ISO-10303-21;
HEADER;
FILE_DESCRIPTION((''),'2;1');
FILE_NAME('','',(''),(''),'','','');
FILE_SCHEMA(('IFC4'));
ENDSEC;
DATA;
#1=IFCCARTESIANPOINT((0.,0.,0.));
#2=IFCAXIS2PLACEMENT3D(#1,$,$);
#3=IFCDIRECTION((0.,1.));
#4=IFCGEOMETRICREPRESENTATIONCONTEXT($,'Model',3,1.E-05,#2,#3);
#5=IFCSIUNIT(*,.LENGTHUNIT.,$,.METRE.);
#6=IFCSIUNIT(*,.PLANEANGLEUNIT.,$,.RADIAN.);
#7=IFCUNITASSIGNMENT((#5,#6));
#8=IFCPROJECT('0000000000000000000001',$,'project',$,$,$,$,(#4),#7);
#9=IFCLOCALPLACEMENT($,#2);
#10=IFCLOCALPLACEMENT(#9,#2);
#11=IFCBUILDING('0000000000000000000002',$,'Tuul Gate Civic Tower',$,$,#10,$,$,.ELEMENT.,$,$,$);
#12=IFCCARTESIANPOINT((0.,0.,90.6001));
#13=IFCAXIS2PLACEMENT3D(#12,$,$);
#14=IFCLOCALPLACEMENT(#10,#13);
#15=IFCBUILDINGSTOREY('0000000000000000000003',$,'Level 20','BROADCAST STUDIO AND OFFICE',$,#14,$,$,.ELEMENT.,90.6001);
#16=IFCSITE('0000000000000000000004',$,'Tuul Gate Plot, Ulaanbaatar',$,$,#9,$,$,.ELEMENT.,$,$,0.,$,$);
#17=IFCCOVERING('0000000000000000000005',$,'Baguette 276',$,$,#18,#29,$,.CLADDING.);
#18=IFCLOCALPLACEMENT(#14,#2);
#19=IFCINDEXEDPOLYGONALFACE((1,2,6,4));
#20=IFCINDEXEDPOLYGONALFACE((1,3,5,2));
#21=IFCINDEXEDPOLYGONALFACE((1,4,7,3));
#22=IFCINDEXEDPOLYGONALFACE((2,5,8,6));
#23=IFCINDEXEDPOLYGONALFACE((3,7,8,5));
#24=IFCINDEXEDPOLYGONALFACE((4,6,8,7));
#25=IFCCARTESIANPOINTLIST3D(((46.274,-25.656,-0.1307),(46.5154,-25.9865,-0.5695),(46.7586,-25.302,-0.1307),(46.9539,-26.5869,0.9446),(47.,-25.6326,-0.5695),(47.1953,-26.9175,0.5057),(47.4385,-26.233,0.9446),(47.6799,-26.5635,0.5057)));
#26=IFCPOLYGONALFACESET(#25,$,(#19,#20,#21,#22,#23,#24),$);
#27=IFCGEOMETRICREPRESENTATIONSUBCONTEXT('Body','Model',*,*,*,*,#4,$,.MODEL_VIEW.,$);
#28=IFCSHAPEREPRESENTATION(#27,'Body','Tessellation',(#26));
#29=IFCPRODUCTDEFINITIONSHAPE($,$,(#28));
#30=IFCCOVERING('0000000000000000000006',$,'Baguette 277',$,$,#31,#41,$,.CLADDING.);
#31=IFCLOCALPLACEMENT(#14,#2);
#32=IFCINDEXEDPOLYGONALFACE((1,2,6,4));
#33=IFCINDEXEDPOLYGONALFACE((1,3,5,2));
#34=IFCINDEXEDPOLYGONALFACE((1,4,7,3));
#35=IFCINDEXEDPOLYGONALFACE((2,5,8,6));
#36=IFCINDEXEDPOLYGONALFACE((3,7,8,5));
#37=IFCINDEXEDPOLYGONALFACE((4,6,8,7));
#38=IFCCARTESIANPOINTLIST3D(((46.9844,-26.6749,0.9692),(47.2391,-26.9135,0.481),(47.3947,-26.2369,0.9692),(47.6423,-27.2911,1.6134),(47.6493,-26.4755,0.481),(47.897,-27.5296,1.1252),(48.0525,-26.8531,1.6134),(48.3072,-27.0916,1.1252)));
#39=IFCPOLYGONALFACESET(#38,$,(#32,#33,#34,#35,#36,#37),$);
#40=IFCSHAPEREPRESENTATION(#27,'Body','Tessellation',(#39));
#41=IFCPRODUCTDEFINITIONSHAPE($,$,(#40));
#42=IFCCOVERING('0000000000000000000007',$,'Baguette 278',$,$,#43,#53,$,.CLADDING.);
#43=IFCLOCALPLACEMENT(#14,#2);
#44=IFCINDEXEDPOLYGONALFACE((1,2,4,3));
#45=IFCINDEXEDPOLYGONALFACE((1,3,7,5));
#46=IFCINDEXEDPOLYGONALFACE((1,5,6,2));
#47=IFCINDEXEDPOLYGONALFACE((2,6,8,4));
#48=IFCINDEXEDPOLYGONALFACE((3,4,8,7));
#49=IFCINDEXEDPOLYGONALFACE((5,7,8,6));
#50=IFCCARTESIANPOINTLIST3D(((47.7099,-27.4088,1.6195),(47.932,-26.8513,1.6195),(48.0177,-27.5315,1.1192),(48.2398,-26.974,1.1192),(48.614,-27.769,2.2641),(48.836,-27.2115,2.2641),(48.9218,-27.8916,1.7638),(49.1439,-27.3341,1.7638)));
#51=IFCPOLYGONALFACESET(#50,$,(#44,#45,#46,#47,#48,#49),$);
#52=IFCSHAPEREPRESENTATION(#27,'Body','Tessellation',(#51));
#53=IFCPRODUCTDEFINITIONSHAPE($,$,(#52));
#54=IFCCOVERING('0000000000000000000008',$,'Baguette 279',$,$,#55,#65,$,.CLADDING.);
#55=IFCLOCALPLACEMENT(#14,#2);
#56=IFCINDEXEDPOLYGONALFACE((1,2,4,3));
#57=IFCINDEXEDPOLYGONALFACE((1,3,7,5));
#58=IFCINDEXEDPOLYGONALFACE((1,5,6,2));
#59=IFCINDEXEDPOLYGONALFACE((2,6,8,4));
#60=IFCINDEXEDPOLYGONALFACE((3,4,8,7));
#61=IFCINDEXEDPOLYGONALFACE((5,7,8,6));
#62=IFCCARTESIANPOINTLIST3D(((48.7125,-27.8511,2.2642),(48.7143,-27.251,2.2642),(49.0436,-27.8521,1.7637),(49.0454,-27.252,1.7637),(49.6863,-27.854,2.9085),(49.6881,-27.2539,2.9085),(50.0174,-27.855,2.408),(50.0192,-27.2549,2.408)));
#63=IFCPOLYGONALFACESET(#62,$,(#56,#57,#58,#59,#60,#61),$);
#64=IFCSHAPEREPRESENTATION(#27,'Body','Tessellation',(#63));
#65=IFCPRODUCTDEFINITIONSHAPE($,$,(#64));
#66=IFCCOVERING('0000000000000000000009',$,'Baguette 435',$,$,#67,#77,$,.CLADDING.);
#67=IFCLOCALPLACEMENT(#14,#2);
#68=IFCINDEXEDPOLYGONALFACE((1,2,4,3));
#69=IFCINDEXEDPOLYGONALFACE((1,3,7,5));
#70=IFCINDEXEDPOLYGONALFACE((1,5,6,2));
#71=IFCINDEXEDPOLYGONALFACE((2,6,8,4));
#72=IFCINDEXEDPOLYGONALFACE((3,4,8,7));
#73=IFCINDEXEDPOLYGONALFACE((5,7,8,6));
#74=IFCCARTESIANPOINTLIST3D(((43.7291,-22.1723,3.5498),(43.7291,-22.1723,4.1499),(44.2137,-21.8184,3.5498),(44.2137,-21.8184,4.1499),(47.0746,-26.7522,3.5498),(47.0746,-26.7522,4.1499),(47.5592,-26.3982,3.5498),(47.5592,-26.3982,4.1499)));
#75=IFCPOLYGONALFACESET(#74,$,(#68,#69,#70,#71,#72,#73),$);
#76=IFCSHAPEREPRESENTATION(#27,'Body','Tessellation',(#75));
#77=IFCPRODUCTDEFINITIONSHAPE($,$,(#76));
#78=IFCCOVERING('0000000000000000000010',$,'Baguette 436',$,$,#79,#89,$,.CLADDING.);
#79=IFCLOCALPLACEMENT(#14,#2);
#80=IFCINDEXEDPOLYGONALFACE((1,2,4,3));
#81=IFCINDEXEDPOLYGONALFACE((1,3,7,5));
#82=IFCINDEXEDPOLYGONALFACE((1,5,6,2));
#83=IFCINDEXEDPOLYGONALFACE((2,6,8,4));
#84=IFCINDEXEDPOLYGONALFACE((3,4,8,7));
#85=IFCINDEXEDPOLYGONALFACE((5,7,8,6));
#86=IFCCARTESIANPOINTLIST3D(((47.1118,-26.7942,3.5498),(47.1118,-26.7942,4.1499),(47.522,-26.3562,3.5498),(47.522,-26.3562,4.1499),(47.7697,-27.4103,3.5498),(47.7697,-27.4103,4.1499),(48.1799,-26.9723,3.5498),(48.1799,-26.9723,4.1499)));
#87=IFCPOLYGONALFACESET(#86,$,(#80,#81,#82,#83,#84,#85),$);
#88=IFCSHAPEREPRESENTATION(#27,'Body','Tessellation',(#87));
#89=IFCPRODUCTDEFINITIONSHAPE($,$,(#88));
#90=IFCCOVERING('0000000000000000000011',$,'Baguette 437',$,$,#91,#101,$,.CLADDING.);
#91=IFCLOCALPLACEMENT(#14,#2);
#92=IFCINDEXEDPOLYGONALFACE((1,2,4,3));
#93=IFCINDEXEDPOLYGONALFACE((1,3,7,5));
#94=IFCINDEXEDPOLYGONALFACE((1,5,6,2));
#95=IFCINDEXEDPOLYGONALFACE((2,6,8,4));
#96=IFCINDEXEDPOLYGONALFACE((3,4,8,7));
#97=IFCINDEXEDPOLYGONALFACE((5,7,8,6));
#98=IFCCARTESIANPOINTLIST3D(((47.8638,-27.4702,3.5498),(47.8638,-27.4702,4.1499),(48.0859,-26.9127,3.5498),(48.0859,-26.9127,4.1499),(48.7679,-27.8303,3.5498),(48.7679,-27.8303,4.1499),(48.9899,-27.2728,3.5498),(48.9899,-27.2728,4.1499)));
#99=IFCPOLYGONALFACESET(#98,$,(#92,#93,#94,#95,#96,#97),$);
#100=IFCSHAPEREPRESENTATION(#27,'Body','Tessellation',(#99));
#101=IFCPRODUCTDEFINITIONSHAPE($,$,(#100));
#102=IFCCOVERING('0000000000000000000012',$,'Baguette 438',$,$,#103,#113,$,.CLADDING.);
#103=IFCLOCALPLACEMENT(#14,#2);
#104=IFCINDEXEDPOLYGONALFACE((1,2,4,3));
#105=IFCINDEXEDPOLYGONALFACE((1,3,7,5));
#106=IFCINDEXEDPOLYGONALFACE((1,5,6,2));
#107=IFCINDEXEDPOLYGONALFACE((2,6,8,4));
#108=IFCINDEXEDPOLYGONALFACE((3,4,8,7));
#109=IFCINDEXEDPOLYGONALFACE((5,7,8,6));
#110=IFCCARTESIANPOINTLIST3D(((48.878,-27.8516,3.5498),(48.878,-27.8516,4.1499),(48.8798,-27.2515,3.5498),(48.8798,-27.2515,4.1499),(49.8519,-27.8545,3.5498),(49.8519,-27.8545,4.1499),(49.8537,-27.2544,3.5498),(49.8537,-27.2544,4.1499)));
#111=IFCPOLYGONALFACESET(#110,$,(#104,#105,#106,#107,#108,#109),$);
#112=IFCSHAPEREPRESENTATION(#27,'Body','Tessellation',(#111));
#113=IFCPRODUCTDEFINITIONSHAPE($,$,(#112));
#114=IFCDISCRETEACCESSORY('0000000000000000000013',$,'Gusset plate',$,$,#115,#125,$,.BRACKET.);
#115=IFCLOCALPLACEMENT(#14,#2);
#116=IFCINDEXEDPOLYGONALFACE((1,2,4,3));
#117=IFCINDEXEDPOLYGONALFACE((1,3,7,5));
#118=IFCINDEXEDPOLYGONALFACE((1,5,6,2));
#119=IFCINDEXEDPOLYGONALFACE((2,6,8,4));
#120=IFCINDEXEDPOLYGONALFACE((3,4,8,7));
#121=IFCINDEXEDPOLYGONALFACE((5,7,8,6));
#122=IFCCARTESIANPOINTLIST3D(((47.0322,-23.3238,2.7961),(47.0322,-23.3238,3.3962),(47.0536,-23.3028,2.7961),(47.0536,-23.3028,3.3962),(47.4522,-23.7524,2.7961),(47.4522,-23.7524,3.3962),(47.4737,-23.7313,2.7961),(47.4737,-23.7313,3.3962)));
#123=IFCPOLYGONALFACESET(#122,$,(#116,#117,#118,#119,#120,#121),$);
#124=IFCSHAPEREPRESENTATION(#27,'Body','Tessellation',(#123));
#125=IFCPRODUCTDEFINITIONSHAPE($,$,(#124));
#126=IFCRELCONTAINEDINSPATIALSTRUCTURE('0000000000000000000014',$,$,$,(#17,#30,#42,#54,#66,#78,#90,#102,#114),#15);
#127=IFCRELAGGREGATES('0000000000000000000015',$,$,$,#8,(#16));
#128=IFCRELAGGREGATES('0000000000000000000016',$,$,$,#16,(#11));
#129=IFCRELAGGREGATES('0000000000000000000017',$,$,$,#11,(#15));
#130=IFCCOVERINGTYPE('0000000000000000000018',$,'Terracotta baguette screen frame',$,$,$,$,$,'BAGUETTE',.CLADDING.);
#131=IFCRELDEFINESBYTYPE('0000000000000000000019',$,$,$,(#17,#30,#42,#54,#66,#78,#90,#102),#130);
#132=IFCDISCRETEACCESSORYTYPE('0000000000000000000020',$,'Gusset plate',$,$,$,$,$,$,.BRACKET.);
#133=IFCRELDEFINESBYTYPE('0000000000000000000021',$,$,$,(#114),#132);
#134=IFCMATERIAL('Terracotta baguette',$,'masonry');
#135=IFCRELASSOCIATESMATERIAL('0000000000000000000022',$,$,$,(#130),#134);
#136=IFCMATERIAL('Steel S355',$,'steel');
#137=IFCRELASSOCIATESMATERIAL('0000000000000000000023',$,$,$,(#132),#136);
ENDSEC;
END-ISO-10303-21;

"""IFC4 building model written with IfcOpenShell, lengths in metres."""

from ifc_helpers import new_model, si_unit, direction, frame, origin, origin_2d, place, context, subcontext, project, spatial, rectangle, extrude, material, material_profile, profile_set, type_object, element, save


model = new_model("IFC4")

# Units and contexts
model_context = context("Model", 3, precision=1e-05, world=origin(), true_north=direction((0.0, 1.0)))
body_context = subcontext(model_context, "Body", "Model", "MODEL_VIEW")
ifc_project = project(units=[si_unit("LENGTHUNIT", "METRE"), si_unit("PLANEANGLEUNIT", "RADIAN")], contexts=[model_context])

# Site, building, storey
site_placement = place(None, origin())
site = spatial("IfcSite", under=ifc_project, at=site_placement, Name="Tuul Gate Plot, Ulaanbaatar", CompositionType="ELEMENT", RefElevation=0.0)
building_placement = place(site_placement, origin())
building = spatial("IfcBuilding", under=site, at=building_placement, Name="Tuul Gate Civic Tower", CompositionType="ELEMENT")
storey_placement = place(building_placement, frame((0.0, 0.0, 90.6001)))
storey = spatial("IfcBuildingStorey", under=building, at=storey_placement, Name="Level 20", Description="BROADCAST STUDIO AND OFFICE", CompositionType="ELEMENT", Elevation=90.6001)

# Coverings
ifc_material_1 = material(Name="Terracotta baguette", Category="masonry")
ifc_material_profile_1 = material_profile(ifc_material_1, rectangle(XDim=0.6001, YDim=0.6001, at=origin_2d()), Name="Terracotta baguette screen frame")
ifc_profile_set_1 = profile_set([ifc_material_profile_1], Name="Terracotta baguette")
covering_type = type_object("IfcCoveringType", Name="Terracotta baguette screen frame", ElementType="BAGUETTE", PredefinedType="CLADDING", material=ifc_profile_set_1)
covering_1_placement = place(storey_placement, frame((46.637, -25.6443, -0.3501), z_axis=(0.431327, -0.590539, 0.68207), x_axis=(0.807535, 0.58982, 0.0)))
element("IfcCovering", 1, at=covering_1_placement, inside=storey, type_object=covering_type, Name="Baguette 276", PredefinedType="CLADDING", context=body_context, shape_type="SweptSolid", body=[
    extrude(rectangle(XDim=0.6001, YDim=0.6001, at=origin_2d()), origin(), (0.0, 0.0, 1.0), 1.5764),
])
covering_2_placement = place(storey_placement, frame((47.3169, -26.5752, 0.7251), z_axis=(0.593809, -0.556132, 0.58147), x_axis=(0.683572, 0.729883, 0.0)))
element("IfcCovering", 2, at=covering_2_placement, inside=storey, type_object=covering_type, Name="Baguette 277", PredefinedType="CLADDING", context=body_context, shape_type="SweptSolid", body=[
    extrude(rectangle(XDim=0.6001, YDim=0.6001, at=origin_2d()), origin(), (0.0, 0.0, 1.0), 1.1079),
])
covering_3_placement = place(storey_placement, frame((47.9749, -27.1914, 1.3694), z_axis=(0.774533, -0.308516, 0.552192), x_axis=(0.370049, 0.929012, 0.0)))
element("IfcCovering", 3, at=covering_3_placement, inside=storey, type_object=covering_type, Name="Baguette 278", PredefinedType="CLADDING", context=body_context, shape_type="SweptSolid", body=[
    extrude(rectangle(XDim=0.6001, YDim=0.6001, at=origin_2d()), origin(), (0.0, 0.0, 1.0), 1.1672),
])
covering_4_placement = place(storey_placement, frame((48.8789, -27.5515, 2.0139), z_axis=(0.834005, -0.002509, 0.551752), x_axis=(0.003008, 0.999995, 0.0)))
element("IfcCovering", 4, at=covering_4_placement, inside=storey, type_object=covering_type, Name="Baguette 279", PredefinedType="CLADDING", context=body_context, shape_type="SweptSolid", body=[
    extrude(rectangle(XDim=0.6001, YDim=0.6001, at=origin_2d()), origin(), (0.0, 0.0, 1.0), 1.1677),
])
covering_5_placement = place(storey_placement, frame((43.9714, -21.9954, 3.8499), z_axis=(0.589862, -0.807504, 0.0), x_axis=(0.807504, 0.589862, 0.0)))
element("IfcCovering", 5, at=covering_5_placement, inside=storey, type_object=covering_type, Name="Baguette 435", PredefinedType="CLADDING", context=body_context, shape_type="SweptSolid", body=[
    extrude(rectangle(XDim=0.6001, YDim=0.6001, at=origin_2d()), origin(), (0.0, 0.0, 1.0), 5.6716),
])
covering_6_placement = place(storey_placement, frame((47.3169, -26.5752, 3.8499), z_axis=(0.729883, -0.683572, 0.0), x_axis=(0.683572, 0.729883, 0.0)))
element("IfcCovering", 6, at=covering_6_placement, inside=storey, type_object=covering_type, Name="Baguette 436", PredefinedType="CLADDING", context=body_context, shape_type="SweptSolid", body=[
    extrude(rectangle(XDim=0.6001, YDim=0.6001, at=origin_2d()), origin(), (0.0, 0.0, 1.0), 0.9014),
])
covering_7_placement = place(storey_placement, frame((47.9749, -27.1914, 3.8499), z_axis=(0.929012, -0.370049, 0.0), x_axis=(0.370049, 0.929012, 0.0)))
element("IfcCovering", 7, at=covering_7_placement, inside=storey, type_object=covering_type, Name="Baguette 437", PredefinedType="CLADDING", context=body_context, shape_type="SweptSolid", body=[
    extrude(rectangle(XDim=0.6001, YDim=0.6001, at=origin_2d()), origin(), (0.0, 0.0, 1.0), 0.9731),
])
covering_8_placement = place(storey_placement, frame((48.8789, -27.5515, 3.8499), z_axis=(0.999995, -0.003008, 0.0), x_axis=(0.003008, 0.999995, 0.0)))
element("IfcCovering", 8, at=covering_8_placement, inside=storey, type_object=covering_type, Name="Baguette 438", PredefinedType="CLADDING", context=body_context, shape_type="SweptSolid", body=[
    extrude(rectangle(XDim=0.6001, YDim=0.6001, at=origin_2d()), origin(), (0.0, 0.0, 1.0), 0.9739),
])

# Discrete accessory
ifc_material_2 = material(Name="Steel S355", Category="steel")
discrete_accessory_type = type_object("IfcDiscreteAccessoryType", Name="Gusset plate", PredefinedType="BRACKET", material=ifc_material_2)
discrete_accessory_placement = place(storey_placement, frame((47.2529, -23.5276, 2.7961), z_axis=(0.0, 0.0, 1.0), x_axis=(-0.700024, 0.714119, 0.0)))
element("IfcDiscreteAccessory", 9, at=discrete_accessory_placement, inside=storey, type_object=discrete_accessory_type, Name="Gusset plate", PredefinedType="BRACKET", context=body_context, shape_type="SweptSolid", body=[
    extrude(rectangle(XDim=0.6001, YDim=0.03, at=origin_2d()), origin(), (0.0, 0.0, 1.0), 0.6001),
])

save(model, "model.ifc")
